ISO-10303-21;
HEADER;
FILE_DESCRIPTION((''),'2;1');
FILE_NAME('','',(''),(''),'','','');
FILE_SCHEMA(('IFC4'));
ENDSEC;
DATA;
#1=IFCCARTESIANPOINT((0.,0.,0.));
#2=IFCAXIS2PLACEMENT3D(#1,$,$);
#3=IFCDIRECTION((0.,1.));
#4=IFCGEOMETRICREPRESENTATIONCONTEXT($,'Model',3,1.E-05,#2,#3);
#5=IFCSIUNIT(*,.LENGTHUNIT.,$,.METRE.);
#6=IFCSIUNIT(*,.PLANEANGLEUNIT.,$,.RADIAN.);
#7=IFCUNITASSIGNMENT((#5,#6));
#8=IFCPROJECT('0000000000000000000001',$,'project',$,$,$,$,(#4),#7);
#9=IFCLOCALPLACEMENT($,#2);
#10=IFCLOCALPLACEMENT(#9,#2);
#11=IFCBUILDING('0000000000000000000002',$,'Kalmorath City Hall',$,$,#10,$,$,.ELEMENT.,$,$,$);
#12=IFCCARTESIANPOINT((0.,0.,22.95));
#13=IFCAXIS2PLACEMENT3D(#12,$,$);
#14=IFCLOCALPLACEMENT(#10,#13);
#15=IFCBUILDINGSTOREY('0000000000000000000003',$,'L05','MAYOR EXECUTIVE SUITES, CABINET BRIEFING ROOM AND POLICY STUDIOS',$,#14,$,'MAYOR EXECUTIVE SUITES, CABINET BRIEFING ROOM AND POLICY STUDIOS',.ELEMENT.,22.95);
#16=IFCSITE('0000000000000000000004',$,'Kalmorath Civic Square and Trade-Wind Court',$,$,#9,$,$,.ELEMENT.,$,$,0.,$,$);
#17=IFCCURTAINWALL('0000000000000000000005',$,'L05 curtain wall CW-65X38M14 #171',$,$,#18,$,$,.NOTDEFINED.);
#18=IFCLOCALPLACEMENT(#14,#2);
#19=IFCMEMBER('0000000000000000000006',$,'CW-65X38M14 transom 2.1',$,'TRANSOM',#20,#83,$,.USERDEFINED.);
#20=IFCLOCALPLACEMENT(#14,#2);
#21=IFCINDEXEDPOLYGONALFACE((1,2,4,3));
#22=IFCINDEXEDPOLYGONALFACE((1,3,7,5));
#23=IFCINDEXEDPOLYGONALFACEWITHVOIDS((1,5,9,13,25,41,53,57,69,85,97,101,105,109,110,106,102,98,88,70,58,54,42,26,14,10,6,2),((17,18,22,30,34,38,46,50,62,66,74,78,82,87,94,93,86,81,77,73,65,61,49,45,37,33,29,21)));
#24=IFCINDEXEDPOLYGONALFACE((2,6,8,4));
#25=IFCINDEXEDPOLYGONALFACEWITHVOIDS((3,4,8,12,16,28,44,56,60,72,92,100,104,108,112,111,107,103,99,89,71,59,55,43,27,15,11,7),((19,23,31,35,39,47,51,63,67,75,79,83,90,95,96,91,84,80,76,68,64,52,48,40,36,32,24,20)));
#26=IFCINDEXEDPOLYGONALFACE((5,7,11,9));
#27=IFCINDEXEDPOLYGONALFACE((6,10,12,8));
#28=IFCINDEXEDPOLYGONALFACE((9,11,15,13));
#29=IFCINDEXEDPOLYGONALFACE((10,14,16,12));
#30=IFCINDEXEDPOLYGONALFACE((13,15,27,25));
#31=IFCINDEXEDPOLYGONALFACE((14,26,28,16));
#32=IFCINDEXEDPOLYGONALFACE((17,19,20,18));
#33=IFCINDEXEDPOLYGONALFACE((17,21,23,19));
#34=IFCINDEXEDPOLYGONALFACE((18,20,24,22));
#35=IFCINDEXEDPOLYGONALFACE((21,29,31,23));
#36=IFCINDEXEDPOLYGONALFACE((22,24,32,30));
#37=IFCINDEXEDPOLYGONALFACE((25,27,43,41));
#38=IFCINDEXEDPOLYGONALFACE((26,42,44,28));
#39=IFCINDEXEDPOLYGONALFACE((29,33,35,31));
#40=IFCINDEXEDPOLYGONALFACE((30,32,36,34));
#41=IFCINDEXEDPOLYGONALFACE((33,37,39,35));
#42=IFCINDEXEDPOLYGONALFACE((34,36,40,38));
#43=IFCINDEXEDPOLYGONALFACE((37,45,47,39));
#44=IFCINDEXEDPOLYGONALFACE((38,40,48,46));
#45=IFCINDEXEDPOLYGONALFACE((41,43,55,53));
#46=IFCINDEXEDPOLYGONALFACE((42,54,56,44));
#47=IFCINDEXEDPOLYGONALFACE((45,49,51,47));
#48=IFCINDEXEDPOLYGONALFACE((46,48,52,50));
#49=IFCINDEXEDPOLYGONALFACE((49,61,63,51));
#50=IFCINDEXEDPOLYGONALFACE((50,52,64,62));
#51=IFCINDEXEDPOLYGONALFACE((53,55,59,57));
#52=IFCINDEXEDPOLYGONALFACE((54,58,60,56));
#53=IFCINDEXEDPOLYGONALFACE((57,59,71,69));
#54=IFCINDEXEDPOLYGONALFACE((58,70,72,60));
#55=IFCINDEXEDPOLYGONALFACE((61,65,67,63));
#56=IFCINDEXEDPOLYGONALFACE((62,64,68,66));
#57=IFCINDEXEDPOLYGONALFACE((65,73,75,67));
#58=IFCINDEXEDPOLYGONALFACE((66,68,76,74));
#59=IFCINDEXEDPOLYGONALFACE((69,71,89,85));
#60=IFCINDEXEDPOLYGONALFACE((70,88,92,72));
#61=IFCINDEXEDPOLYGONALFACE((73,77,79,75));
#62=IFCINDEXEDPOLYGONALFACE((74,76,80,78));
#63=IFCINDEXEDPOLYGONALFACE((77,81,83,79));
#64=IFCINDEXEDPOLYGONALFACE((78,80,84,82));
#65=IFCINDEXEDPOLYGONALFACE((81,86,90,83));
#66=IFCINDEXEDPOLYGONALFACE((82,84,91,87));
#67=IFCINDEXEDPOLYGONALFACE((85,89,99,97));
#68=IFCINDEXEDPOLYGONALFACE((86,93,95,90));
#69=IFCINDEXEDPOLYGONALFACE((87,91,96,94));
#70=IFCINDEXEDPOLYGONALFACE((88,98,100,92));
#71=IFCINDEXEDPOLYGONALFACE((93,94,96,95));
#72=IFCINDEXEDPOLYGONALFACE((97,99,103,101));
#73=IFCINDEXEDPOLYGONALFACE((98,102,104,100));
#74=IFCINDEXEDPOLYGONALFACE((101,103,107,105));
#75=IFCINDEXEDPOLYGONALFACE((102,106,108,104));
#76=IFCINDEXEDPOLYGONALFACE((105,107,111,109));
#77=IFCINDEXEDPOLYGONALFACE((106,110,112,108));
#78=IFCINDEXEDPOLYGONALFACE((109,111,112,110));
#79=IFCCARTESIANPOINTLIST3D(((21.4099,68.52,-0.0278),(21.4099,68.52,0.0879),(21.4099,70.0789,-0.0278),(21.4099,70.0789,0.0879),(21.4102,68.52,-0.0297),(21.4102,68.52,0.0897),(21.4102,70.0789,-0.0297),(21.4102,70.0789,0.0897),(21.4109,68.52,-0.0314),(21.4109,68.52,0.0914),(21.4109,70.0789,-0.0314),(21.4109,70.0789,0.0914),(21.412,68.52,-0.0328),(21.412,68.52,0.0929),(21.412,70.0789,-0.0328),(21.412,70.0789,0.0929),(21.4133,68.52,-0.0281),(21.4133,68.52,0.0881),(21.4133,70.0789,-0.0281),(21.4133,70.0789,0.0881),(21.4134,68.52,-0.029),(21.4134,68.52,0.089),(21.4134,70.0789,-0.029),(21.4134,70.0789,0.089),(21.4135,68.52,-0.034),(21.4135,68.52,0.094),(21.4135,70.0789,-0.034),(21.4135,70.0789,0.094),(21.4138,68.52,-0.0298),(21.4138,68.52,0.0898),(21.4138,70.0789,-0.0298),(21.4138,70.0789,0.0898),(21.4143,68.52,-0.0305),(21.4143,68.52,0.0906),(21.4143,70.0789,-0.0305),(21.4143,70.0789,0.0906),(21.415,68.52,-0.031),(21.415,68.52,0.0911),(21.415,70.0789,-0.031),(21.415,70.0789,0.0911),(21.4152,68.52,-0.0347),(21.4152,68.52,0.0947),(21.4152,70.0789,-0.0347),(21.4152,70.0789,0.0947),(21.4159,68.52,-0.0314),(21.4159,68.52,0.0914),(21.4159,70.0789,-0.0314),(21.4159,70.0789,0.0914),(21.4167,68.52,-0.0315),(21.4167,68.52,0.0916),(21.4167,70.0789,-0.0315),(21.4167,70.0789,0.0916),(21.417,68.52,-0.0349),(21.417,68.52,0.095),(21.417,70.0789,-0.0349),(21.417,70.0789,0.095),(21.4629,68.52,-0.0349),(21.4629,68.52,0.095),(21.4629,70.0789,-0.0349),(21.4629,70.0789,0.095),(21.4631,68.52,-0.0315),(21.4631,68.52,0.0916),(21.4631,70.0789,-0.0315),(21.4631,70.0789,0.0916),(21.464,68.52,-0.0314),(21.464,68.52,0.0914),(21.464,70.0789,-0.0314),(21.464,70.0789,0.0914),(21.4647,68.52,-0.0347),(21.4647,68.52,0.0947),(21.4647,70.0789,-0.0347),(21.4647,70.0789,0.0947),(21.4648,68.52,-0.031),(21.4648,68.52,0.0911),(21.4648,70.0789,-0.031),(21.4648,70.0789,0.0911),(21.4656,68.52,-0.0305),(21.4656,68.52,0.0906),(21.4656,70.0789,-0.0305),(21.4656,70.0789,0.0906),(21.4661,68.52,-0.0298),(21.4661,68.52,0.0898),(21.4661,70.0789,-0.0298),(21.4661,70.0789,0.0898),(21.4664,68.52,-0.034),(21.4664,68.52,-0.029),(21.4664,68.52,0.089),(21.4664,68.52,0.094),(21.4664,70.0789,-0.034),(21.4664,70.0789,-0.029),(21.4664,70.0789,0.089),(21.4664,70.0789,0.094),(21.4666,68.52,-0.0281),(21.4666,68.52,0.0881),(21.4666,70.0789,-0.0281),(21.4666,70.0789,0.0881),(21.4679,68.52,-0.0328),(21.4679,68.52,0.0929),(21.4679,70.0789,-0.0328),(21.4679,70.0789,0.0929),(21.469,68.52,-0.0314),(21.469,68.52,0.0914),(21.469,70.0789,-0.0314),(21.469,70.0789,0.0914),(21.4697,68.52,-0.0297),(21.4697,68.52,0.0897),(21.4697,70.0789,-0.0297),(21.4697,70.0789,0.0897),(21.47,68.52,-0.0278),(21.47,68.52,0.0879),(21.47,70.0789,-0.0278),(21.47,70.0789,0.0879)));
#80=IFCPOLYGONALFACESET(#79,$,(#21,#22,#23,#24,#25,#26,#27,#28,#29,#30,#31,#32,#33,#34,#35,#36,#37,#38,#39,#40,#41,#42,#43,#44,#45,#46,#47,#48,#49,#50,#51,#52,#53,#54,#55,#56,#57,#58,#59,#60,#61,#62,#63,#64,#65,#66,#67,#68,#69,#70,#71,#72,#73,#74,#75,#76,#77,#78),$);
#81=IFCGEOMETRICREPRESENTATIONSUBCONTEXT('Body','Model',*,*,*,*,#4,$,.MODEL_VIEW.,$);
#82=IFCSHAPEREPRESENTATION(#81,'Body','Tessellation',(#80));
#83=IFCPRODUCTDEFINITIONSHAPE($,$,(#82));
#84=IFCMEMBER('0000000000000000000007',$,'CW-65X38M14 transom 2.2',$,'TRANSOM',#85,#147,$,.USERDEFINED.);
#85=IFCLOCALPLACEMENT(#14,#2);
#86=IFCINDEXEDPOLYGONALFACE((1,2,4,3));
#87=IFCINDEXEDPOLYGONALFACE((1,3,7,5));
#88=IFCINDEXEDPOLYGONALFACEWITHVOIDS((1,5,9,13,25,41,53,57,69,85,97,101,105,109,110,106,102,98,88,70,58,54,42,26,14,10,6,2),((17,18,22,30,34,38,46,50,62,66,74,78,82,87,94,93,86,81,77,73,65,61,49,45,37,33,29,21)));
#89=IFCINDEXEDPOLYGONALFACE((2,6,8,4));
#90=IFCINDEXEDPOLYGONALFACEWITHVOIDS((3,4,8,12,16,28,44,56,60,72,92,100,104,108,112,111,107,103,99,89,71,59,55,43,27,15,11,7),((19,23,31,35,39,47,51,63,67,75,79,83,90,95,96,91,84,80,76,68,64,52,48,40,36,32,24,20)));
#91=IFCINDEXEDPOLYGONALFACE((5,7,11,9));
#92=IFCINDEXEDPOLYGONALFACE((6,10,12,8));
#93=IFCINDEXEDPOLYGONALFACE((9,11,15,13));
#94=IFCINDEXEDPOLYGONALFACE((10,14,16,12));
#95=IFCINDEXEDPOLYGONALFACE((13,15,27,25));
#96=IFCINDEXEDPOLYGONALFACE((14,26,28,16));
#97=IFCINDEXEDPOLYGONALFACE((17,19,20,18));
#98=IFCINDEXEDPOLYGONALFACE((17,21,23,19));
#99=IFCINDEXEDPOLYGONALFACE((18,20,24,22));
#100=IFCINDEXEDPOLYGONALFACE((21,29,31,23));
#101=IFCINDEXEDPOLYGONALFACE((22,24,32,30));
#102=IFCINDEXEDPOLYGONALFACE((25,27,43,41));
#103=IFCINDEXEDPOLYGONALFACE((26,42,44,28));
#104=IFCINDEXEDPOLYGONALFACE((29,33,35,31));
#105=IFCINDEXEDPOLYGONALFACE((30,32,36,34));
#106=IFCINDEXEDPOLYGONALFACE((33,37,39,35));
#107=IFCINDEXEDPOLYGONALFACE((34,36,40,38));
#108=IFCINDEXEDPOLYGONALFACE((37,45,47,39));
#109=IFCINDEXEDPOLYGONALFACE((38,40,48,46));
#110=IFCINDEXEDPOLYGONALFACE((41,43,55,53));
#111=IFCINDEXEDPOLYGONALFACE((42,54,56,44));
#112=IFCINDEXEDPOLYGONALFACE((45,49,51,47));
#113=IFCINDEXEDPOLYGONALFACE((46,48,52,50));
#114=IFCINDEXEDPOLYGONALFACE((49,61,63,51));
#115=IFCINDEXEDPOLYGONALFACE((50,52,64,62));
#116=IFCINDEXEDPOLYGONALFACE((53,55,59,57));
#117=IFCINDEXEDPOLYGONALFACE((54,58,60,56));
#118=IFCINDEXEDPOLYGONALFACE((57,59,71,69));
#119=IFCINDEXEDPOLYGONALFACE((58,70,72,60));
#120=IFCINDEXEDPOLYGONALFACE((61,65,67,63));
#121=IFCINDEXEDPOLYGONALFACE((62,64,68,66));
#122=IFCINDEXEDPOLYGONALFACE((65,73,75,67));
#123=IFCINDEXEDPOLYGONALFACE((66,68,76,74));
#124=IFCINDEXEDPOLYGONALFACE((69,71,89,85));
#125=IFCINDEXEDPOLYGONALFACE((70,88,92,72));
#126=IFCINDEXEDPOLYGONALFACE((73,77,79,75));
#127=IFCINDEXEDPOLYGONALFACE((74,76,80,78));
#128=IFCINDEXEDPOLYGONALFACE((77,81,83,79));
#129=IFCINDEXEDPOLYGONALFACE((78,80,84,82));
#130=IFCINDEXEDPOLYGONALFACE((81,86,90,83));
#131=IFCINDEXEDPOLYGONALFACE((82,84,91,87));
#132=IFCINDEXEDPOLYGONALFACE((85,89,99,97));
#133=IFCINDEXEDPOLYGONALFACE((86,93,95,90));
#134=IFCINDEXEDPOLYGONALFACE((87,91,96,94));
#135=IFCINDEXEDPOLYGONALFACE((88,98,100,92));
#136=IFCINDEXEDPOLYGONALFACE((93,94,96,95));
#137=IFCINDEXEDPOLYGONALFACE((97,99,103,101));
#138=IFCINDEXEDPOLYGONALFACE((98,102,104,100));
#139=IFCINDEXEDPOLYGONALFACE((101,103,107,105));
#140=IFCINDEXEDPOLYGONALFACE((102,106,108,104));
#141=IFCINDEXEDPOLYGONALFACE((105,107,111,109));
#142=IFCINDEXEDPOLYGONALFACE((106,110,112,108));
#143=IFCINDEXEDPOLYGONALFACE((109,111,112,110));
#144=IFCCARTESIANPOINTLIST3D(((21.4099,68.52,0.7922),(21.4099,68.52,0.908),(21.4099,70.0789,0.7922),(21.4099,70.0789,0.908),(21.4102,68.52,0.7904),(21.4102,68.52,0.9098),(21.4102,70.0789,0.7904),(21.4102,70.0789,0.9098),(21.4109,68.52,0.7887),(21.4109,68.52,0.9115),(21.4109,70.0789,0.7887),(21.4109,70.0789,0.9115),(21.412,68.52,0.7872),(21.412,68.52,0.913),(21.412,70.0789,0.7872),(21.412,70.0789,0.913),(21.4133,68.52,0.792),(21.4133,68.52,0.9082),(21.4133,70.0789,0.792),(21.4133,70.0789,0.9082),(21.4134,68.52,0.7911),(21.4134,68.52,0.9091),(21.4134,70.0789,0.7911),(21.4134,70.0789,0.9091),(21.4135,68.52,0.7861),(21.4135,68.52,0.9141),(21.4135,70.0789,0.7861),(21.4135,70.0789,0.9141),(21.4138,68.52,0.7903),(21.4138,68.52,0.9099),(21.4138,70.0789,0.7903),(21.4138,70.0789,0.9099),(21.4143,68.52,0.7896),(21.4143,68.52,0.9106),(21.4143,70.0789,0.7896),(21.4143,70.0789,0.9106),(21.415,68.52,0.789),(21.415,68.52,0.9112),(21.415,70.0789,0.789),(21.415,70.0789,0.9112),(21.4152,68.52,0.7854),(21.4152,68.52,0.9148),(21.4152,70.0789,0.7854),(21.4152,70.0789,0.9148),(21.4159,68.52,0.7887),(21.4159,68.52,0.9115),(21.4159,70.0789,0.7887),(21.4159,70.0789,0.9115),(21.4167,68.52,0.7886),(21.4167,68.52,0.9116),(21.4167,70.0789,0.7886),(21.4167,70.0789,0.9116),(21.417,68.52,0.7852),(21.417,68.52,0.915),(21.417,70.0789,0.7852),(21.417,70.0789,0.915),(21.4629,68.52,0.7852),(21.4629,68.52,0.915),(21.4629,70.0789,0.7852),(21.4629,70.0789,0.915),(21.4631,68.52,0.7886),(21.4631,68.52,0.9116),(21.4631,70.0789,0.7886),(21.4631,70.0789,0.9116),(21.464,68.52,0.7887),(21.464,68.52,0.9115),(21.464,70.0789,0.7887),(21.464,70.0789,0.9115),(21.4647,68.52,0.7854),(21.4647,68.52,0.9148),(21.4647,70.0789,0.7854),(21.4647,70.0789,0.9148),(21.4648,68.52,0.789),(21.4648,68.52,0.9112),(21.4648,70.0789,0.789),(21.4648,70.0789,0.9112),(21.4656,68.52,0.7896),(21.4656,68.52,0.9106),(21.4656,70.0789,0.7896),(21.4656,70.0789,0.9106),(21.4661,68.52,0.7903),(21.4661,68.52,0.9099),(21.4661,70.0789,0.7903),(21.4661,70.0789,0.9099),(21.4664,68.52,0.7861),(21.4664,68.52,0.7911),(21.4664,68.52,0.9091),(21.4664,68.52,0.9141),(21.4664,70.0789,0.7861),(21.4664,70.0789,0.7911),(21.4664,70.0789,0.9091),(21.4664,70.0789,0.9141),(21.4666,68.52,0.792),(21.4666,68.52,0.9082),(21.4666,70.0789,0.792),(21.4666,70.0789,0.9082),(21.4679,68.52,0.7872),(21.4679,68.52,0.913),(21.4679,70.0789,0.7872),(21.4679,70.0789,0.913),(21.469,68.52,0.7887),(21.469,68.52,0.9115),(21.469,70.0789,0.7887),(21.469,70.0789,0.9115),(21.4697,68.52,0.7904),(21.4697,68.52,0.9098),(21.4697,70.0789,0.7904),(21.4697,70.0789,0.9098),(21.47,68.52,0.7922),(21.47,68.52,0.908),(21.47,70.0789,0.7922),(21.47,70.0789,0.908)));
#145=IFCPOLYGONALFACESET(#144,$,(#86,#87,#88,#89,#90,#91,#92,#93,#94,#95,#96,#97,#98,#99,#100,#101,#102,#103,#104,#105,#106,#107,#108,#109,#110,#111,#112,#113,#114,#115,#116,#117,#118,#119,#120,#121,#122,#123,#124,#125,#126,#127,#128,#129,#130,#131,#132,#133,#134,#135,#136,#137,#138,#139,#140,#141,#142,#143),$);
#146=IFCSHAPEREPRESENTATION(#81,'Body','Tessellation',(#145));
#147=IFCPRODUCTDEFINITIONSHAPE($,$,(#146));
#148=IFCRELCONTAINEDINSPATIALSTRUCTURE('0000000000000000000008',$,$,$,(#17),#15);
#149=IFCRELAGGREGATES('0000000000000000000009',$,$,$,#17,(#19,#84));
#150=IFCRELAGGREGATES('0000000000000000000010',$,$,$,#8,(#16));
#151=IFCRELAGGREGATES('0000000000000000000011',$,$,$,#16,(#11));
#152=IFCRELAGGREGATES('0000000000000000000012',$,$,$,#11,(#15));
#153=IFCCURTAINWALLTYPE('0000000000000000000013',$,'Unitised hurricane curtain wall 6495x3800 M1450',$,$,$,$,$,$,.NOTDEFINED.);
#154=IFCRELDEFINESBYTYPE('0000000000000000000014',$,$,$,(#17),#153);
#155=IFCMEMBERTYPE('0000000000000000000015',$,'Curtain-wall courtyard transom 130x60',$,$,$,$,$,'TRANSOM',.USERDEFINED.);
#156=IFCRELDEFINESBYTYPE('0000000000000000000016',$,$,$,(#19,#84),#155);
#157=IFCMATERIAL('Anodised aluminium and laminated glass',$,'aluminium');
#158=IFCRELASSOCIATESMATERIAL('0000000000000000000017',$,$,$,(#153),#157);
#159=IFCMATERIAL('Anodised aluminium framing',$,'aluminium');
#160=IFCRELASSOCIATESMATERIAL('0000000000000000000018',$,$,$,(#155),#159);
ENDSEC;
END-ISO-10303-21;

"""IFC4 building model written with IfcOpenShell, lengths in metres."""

from ifc_helpers import new_model, si_unit, direction, frame, origin, origin_2d, place, context, subcontext, project, spatial, hollow_rectangle, extrude, material, material_profile, profile_set, type_object, element, aggregate, save


model = new_model("IFC4")

# Units and contexts
model_context = context("Model", 3, precision=1e-05, world=origin(), true_north=direction((0.0, 1.0)))
body_context = subcontext(model_context, "Body", "Model", "MODEL_VIEW")
ifc_project = project(units=[si_unit("LENGTHUNIT", "METRE"), si_unit("PLANEANGLEUNIT", "RADIAN")], contexts=[model_context])

# Site, building, storey
site_placement = place(None, origin())
site = spatial("IfcSite", under=ifc_project, at=site_placement, Name="Kalmorath Civic Square and Trade-Wind Court", CompositionType="ELEMENT", RefElevation=0.0)
building_placement = place(site_placement, origin())
building = spatial("IfcBuilding", under=site, at=building_placement, Name="Kalmorath City Hall", CompositionType="ELEMENT")
storey_placement = place(building_placement, frame((0.0, 0.0, 22.95)))
storey = spatial("IfcBuildingStorey", under=building, at=storey_placement, Name="L05", Description="MAYOR EXECUTIVE SUITES, CABINET BRIEFING ROOM AND POLICY STUDIOS", LongName="MAYOR EXECUTIVE SUITES, CABINET BRIEFING ROOM AND POLICY STUDIOS", CompositionType="ELEMENT", Elevation=22.95)

# Curtain wall, members
ifc_material_1 = material(Name="Anodised aluminium and laminated glass", Category="aluminium")
curtain_wall_type = type_object("IfcCurtainWallType", Name="Unitised hurricane curtain wall 6495x3800 M1450", PredefinedType="NOTDEFINED", material=ifc_material_1)
curtain_wall_placement = place(storey_placement, origin())
curtain_wall = element("IfcCurtainWall", 1, at=curtain_wall_placement, inside=storey, type_object=curtain_wall_type, Name="L05 curtain wall CW-65X38M14 #171", PredefinedType="NOTDEFINED")
ifc_material_2 = material(Name="Anodised aluminium framing", Category="aluminium")
ifc_material_profile_1 = material_profile(ifc_material_2, hollow_rectangle(XDim=0.0601, YDim=0.1299, WallThickness=0.0034, InnerFilletRadius=0.0034, OuterFilletRadius=0.0071, at=origin_2d()), Name="ALU-TRN-130X60X3.5")
ifc_profile_set_1 = profile_set([ifc_material_profile_1], Name="Anodised aluminium framing")
member_type_1 = type_object("IfcMemberType", Name="Curtain-wall courtyard transom 130x60", ElementType="TRANSOM", PredefinedType="USERDEFINED", material=ifc_profile_set_1)
member_1_placement = place(storey_placement, frame((21.4399, 70.0789, 0.03), z_axis=(0.0, -1.0, 0.0), x_axis=(1.0, 0.0, 0.0)))
member_1 = element("IfcMember", 2, at=member_1_placement, type_object=member_type_1, Name="CW-65X38M14 transom 2.1", ObjectType="TRANSOM", PredefinedType="USERDEFINED", context=body_context, shape_type="SweptSolid", body=[
    extrude(hollow_rectangle(XDim=0.0601, YDim=0.1299, WallThickness=0.0034, InnerFilletRadius=0.0034, OuterFilletRadius=0.0071, at=origin_2d()), origin(), (0.0, 0.0, 1.0), 1.5588),
])
member_2_placement = place(storey_placement, frame((21.4399, 70.0789, 0.8501), z_axis=(0.0, -1.0, 0.0), x_axis=(1.0, 0.0, 0.0)))
member_2 = element("IfcMember", 3, at=member_2_placement, type_object=member_type_1, Name="CW-65X38M14 transom 2.2", ObjectType="TRANSOM", PredefinedType="USERDEFINED", context=body_context, shape_type="SweptSolid", body=[
    extrude(hollow_rectangle(XDim=0.0601, YDim=0.1299, WallThickness=0.0034, InnerFilletRadius=0.0034, OuterFilletRadius=0.0071, at=origin_2d()), origin(), (0.0, 0.0, 1.0), 1.5588),
])
aggregate(curtain_wall, [member_1, member_2])

save(model, "model.ifc")
